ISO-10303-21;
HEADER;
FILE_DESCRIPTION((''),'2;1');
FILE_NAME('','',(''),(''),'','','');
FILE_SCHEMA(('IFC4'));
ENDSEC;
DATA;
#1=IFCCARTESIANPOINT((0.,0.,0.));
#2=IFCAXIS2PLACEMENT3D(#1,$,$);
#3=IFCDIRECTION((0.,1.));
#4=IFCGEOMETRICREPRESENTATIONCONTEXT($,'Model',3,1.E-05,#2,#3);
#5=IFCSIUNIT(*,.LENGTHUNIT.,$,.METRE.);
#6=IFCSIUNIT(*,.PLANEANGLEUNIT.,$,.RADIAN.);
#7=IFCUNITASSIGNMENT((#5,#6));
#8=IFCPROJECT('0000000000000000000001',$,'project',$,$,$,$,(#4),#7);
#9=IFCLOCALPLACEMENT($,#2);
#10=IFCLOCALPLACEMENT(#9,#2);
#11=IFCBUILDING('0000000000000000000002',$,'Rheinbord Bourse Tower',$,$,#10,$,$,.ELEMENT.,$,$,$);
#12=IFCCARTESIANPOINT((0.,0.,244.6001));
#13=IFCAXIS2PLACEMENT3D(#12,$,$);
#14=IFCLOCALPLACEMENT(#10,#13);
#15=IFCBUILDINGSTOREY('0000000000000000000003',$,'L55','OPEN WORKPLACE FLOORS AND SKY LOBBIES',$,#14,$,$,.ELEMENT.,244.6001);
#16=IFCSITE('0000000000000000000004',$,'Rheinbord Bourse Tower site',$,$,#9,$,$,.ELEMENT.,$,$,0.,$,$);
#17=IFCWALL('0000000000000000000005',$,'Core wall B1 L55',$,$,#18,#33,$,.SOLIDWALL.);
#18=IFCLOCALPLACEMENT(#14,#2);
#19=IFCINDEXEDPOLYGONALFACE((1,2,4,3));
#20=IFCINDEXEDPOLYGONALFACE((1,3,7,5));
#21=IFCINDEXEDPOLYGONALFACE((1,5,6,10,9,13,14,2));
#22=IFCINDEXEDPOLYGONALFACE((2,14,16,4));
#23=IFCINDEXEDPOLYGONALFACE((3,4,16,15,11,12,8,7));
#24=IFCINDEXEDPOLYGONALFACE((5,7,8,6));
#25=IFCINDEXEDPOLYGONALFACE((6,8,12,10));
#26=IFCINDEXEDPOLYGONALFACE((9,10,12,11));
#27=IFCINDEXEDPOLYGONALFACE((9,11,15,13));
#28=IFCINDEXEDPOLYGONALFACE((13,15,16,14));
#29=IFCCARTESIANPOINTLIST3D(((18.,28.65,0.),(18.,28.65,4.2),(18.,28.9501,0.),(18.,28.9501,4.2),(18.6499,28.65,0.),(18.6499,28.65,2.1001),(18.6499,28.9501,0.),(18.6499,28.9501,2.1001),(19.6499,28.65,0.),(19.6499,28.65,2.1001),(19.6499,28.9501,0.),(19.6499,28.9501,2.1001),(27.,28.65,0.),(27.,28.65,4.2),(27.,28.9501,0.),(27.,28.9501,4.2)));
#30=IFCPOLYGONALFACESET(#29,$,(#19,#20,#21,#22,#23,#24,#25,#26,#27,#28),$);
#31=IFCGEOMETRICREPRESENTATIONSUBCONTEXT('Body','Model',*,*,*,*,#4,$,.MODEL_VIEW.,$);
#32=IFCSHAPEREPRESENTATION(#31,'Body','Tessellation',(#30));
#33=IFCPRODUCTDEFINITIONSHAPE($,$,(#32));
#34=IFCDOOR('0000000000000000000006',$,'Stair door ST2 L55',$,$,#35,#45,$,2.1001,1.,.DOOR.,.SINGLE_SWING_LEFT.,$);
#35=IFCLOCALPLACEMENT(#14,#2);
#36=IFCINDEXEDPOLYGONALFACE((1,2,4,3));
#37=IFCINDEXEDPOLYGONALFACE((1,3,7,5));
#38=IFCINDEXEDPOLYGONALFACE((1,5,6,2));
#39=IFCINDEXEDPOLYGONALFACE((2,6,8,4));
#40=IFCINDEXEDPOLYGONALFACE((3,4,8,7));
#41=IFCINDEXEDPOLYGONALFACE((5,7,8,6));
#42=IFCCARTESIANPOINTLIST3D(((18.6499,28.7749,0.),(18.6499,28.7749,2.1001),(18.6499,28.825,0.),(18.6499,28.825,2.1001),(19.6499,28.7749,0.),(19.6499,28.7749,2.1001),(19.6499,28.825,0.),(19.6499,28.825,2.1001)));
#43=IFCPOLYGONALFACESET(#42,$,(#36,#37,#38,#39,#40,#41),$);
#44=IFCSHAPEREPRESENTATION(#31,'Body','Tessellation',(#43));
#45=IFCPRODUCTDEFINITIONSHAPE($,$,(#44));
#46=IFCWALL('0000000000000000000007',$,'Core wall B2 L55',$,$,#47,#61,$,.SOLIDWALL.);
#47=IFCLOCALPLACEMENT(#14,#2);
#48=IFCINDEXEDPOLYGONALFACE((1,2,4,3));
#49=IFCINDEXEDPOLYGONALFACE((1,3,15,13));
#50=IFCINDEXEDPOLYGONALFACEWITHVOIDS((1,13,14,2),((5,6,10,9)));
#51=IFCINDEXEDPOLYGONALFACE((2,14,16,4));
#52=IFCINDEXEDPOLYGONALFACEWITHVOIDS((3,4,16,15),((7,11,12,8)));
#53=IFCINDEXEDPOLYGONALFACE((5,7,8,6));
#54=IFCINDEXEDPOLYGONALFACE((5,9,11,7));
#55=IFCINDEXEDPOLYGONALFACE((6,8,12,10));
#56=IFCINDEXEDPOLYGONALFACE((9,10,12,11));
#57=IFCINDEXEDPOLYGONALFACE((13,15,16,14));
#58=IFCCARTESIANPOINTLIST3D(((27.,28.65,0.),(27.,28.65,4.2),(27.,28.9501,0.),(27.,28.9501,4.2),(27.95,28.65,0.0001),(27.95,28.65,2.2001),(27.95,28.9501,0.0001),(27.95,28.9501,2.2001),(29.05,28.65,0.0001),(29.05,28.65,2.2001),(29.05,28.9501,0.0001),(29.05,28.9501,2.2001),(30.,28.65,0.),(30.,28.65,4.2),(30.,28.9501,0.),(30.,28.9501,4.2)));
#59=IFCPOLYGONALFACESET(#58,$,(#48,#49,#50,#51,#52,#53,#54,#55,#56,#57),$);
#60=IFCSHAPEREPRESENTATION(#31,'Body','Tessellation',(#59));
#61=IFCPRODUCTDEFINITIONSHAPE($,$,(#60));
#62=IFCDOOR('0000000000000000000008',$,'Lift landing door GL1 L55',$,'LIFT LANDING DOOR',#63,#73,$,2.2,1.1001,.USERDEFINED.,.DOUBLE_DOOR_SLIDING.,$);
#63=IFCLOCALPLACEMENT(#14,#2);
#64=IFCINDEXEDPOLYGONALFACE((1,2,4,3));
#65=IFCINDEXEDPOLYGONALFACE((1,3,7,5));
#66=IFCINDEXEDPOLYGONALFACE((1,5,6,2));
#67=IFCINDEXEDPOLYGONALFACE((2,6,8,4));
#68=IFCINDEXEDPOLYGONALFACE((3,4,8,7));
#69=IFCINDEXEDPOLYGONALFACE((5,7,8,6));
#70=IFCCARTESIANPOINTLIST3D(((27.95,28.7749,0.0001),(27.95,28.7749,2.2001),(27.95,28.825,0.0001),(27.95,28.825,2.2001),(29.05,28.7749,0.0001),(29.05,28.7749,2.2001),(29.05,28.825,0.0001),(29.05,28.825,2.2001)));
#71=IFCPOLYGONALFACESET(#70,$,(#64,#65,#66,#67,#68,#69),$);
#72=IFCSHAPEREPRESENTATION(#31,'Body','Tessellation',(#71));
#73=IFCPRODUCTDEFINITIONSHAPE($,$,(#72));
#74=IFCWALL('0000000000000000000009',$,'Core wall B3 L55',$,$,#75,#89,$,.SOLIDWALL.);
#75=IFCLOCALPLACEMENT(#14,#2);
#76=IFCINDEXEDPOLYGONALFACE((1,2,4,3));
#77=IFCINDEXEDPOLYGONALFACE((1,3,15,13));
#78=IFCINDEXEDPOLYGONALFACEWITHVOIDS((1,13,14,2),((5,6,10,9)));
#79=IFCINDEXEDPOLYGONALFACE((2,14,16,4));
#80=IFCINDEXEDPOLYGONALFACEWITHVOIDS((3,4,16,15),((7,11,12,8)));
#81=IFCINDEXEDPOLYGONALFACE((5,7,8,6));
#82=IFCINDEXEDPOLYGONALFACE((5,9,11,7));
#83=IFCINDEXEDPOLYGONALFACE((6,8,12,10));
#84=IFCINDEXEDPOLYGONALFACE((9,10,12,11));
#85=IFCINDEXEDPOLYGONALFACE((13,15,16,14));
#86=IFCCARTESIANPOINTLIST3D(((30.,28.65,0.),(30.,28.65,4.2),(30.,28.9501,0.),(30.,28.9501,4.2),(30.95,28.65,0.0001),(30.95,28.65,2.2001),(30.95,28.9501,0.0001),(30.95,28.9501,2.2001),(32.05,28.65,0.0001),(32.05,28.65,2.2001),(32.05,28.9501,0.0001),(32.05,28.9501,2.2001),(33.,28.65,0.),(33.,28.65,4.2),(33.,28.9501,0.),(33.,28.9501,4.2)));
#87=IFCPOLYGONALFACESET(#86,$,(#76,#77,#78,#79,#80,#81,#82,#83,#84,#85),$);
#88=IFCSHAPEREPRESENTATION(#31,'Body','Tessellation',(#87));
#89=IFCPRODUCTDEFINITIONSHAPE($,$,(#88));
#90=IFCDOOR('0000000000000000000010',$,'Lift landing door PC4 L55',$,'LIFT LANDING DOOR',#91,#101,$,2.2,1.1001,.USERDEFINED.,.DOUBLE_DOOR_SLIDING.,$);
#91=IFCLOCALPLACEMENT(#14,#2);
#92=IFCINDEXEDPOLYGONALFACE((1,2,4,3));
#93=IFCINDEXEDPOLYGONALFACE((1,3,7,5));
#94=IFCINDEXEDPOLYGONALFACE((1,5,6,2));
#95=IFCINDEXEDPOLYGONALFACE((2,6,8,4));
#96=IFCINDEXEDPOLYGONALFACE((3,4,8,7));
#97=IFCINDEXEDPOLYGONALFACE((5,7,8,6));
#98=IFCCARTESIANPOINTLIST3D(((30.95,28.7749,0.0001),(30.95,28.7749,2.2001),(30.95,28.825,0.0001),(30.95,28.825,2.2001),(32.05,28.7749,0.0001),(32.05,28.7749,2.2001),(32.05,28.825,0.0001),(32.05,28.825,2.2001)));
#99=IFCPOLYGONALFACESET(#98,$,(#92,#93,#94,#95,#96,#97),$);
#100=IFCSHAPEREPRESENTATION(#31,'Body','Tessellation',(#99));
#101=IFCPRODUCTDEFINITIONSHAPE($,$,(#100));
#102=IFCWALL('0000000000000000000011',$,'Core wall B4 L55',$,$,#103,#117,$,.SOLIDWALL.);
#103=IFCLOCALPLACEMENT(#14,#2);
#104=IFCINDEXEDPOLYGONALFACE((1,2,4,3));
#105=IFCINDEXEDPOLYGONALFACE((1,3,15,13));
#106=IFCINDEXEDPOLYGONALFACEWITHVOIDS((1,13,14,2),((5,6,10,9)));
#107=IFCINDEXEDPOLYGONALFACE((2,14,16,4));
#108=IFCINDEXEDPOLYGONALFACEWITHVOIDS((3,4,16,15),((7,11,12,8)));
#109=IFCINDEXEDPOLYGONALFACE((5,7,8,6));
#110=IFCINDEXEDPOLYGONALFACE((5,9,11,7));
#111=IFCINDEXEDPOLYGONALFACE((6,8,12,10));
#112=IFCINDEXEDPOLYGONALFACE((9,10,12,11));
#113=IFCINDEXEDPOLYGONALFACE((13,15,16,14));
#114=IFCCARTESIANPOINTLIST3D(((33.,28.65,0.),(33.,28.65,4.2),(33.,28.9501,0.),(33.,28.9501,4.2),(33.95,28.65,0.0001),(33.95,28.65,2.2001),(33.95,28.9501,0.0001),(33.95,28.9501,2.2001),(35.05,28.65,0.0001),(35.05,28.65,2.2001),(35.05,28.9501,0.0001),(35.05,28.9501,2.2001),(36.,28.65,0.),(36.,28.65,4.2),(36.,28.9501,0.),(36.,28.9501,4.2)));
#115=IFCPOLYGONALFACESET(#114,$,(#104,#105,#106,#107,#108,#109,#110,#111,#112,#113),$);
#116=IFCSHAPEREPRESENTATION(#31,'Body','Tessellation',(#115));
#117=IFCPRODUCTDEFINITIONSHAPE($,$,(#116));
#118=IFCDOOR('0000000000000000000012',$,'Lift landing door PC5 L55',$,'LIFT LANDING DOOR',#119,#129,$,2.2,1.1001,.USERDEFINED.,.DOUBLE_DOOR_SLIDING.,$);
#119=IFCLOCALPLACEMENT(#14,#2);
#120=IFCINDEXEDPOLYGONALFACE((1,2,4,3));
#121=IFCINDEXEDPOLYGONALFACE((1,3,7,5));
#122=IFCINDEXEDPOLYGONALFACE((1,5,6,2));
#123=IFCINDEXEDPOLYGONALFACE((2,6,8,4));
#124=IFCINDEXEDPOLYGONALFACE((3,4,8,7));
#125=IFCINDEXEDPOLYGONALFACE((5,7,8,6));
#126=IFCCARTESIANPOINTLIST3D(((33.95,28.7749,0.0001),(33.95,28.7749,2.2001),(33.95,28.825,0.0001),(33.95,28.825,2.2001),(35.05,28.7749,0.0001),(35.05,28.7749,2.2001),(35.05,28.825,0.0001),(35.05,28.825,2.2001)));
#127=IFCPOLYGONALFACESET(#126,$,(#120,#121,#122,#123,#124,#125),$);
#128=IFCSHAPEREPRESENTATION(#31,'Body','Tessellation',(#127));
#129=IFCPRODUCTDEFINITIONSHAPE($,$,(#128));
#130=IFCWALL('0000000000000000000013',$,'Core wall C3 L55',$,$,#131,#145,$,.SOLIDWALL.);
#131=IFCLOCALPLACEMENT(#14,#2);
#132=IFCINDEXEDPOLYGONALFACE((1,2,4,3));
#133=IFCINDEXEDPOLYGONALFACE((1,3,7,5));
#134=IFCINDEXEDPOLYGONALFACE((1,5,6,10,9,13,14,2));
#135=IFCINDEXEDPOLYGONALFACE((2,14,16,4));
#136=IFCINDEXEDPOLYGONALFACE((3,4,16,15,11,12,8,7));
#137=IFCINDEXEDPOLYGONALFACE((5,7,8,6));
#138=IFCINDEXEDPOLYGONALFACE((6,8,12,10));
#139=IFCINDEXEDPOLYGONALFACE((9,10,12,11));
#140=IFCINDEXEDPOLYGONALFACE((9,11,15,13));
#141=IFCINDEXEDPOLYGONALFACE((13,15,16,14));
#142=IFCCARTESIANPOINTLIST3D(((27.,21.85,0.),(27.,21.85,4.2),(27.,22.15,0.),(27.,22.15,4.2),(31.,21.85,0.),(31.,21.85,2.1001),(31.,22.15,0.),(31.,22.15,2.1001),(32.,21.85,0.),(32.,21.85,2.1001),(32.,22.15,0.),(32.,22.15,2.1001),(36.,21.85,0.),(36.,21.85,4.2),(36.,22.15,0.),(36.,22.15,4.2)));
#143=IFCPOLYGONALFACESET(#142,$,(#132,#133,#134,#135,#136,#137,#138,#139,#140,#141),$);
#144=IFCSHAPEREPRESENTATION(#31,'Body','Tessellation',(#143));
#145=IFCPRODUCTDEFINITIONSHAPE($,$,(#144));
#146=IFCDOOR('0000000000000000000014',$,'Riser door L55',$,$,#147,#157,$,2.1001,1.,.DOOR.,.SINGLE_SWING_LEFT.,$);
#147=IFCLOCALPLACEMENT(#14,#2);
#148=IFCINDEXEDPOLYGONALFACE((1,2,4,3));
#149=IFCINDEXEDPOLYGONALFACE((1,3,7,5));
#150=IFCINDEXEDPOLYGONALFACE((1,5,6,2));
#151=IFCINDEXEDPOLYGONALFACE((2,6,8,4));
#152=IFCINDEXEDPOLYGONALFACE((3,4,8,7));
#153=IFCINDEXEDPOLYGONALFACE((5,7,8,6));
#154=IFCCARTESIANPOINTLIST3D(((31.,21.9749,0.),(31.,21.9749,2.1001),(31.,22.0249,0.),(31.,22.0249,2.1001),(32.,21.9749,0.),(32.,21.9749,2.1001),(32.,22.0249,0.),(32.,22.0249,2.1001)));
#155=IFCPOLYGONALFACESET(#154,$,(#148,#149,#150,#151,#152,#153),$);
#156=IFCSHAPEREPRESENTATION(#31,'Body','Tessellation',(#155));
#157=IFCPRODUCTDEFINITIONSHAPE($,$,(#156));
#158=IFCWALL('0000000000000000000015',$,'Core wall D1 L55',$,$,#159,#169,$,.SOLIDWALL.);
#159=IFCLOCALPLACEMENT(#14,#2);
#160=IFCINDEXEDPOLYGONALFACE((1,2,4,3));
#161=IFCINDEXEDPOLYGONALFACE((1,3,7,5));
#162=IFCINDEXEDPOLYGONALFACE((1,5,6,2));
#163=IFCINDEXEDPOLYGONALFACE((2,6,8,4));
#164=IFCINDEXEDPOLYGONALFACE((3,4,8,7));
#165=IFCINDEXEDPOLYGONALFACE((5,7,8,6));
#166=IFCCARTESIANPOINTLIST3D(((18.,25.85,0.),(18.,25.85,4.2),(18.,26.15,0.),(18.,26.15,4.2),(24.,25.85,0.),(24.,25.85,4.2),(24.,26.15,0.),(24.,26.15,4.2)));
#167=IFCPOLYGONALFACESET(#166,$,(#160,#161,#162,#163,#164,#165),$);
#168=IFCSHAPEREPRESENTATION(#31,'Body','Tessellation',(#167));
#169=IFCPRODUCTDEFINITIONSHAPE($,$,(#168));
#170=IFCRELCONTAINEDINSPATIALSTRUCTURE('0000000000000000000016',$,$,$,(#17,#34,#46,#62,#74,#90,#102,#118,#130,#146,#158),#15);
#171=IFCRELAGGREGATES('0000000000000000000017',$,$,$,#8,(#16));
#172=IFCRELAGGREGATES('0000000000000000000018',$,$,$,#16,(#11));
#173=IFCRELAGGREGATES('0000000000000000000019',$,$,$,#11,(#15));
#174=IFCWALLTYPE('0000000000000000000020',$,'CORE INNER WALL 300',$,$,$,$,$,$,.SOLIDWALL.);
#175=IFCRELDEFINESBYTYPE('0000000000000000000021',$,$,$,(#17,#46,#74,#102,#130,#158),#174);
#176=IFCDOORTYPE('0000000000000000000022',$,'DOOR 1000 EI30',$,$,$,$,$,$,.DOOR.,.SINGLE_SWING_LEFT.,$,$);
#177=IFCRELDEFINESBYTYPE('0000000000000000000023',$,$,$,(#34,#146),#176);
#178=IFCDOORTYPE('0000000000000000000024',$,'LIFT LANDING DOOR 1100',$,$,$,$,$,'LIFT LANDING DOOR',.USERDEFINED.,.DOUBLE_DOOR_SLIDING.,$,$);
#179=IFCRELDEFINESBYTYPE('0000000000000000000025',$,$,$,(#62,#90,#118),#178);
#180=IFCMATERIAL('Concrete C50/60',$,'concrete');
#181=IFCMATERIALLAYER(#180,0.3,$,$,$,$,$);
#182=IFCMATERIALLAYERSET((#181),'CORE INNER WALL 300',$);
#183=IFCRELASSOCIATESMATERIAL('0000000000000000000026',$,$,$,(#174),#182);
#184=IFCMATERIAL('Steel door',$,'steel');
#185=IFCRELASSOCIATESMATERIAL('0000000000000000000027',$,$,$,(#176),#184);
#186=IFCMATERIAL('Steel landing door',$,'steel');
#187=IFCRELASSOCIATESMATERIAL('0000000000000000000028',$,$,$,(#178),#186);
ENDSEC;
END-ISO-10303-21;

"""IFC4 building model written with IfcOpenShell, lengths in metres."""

from ifc_helpers import new_model, si_unit, direction, frame, frame_2d, origin, place, context, subcontext, project, spatial, rectangle, extrude, material, layer, layer_set, type_object, element, fill, save


model = new_model("IFC4")

# Units and contexts
model_context = context("Model", 3, precision=1e-05, world=origin(), true_north=direction((0.0, 1.0)))
body_context = subcontext(model_context, "Body", "Model", "MODEL_VIEW")
ifc_project = project(units=[si_unit("LENGTHUNIT", "METRE"), si_unit("PLANEANGLEUNIT", "RADIAN")], contexts=[model_context])

# Site, building, storey
site_placement = place(None, origin())
site = spatial("IfcSite", under=ifc_project, at=site_placement, Name="Rheinbord Bourse Tower site", CompositionType="ELEMENT", RefElevation=0.0)
building_placement = place(site_placement, origin())
building = spatial("IfcBuilding", under=site, at=building_placement, Name="Rheinbord Bourse Tower", CompositionType="ELEMENT")
storey_placement = place(building_placement, frame((0.0, 0.0, 244.6001)))
storey = spatial("IfcBuildingStorey", under=building, at=storey_placement, Name="L55", Description="OPEN WORKPLACE FLOORS AND SKY LOBBIES", CompositionType="ELEMENT", Elevation=244.6001)

# Walls, openings, doors
ifc_material_1 = material(Name="Concrete C50/60", Category="concrete")
ifc_layer_1 = layer(ifc_material_1, 0.3)
ifc_layer_set_1 = layer_set([ifc_layer_1], Name="CORE INNER WALL 300")
wall_type_1 = type_object("IfcWallType", Name="CORE INNER WALL 300", PredefinedType="SOLIDWALL", material=ifc_layer_set_1)
wall_1_placement = place(storey_placement, frame((18.0, 28.8, 0.0), z_axis=(0.0, 0.0, 1.0), x_axis=(1.0, 0.0, 0.0)))
wall_1 = element("IfcWall", 1, at=wall_1_placement, inside=storey, type_object=wall_type_1, Name="Core wall B1 L55", PredefinedType="SOLIDWALL", context=body_context, shape_type="SweptSolid", body=[
    extrude(rectangle(XDim=9.0, YDim=0.3, at=frame_2d((4.5, 0.0))), origin(), (0.0, 0.0, 1.0), 4.2),
])
opening_1_placement = place(wall_1_placement, frame((0.6499, 0.0, 0.0)))
opening_1 = element("IfcOpeningElement", 2, at=opening_1_placement, cuts=wall_1, PredefinedType="OPENING", context=body_context, shape_type="SweptSolid", body=[
    extrude(rectangle(XDim=1.0, YDim=2.1001, at=frame_2d((0.5, 1.05))), frame((0.0, 0.1599, 0.0), z_axis=(0.0, -1.0, 0.0), x_axis=(1.0, 0.0, 0.0)), (0.0, 0.0, 1.0), 0.3201),
])
ifc_material_2 = material(Name="Steel door", Category="steel")
door_type_1 = type_object("IfcDoorType", Name="DOOR 1000 EI30", OperationType="SINGLE_SWING_LEFT", PredefinedType="DOOR", material=ifc_material_2)
door_1_placement = place(opening_1_placement, origin())
door_1 = element("IfcDoor", 3, at=door_1_placement, inside=storey, type_object=door_type_1, Name="Stair door ST2 L55", OperationType="SINGLE_SWING_LEFT", OverallHeight=2.1001, OverallWidth=1.0, PredefinedType="DOOR", context=body_context, shape_type="SweptSolid", body=[
    extrude(rectangle(XDim=1.0, YDim=2.1001, at=frame_2d((0.5, 1.05))), frame((0.0, 0.0249, 0.0), z_axis=(0.0, -1.0, 0.0), x_axis=(1.0, 0.0, 0.0)), (0.0, 0.0, 1.0), 0.05),
])
fill(opening_1, door_1)
wall_2_placement = place(storey_placement, frame((27.0, 28.8, 0.0), z_axis=(0.0, 0.0, 1.0), x_axis=(1.0, 0.0, 0.0)))
wall_2 = element("IfcWall", 4, at=wall_2_placement, inside=storey, type_object=wall_type_1, Name="Core wall B2 L55", PredefinedType="SOLIDWALL", context=body_context, shape_type="SweptSolid", body=[
    extrude(rectangle(XDim=3.0, YDim=0.3, at=frame_2d((1.5, 0.0))), origin(), (0.0, 0.0, 1.0), 4.2),
])
opening_2_placement = place(wall_2_placement, frame((0.95, 0.0, 0.0)))
opening_2 = element("IfcOpeningElement", 5, at=opening_2_placement, cuts=wall_2, PredefinedType="OPENING", context=body_context, shape_type="SweptSolid", body=[
    extrude(rectangle(XDim=1.1001, YDim=2.2, at=frame_2d((0.55, 1.1001))), frame((0.0, 0.1599, 0.0), z_axis=(0.0, -1.0, 0.0), x_axis=(1.0, 0.0, 0.0)), (0.0, 0.0, 1.0), 0.3201),
])
ifc_material_3 = material(Name="Steel landing door", Category="steel")
door_type_2 = type_object("IfcDoorType", Name="LIFT LANDING DOOR 1100", ElementType="LIFT LANDING DOOR", OperationType="DOUBLE_DOOR_SLIDING", PredefinedType="USERDEFINED", material=ifc_material_3)
door_2_placement = place(opening_2_placement, origin())
door_2 = element("IfcDoor", 6, at=door_2_placement, inside=storey, type_object=door_type_2, Name="Lift landing door GL1 L55", ObjectType="LIFT LANDING DOOR", OperationType="DOUBLE_DOOR_SLIDING", OverallHeight=2.2, OverallWidth=1.1001, PredefinedType="USERDEFINED", context=body_context, shape_type="SweptSolid", body=[
    extrude(rectangle(XDim=1.1001, YDim=2.2, at=frame_2d((0.55, 1.1001))), frame((0.0, 0.0249, 0.0), z_axis=(0.0, -1.0, 0.0), x_axis=(1.0, 0.0, 0.0)), (0.0, 0.0, 1.0), 0.05),
])
fill(opening_2, door_2)
wall_3_placement = place(storey_placement, frame((30.0, 28.8, 0.0), z_axis=(0.0, 0.0, 1.0), x_axis=(1.0, 0.0, 0.0)))
wall_3 = element("IfcWall", 7, at=wall_3_placement, inside=storey, type_object=wall_type_1, Name="Core wall B3 L55", PredefinedType="SOLIDWALL", context=body_context, shape_type="SweptSolid", body=[
    extrude(rectangle(XDim=3.0, YDim=0.3, at=frame_2d((1.5, 0.0))), origin(), (0.0, 0.0, 1.0), 4.2),
])
opening_3_placement = place(wall_3_placement, frame((0.95, 0.0, 0.0)))
opening_3 = element("IfcOpeningElement", 8, at=opening_3_placement, cuts=wall_3, PredefinedType="OPENING", context=body_context, shape_type="SweptSolid", body=[
    extrude(rectangle(XDim=1.1001, YDim=2.2, at=frame_2d((0.55, 1.1001))), frame((0.0, 0.1599, 0.0), z_axis=(0.0, -1.0, 0.0), x_axis=(1.0, 0.0, 0.0)), (0.0, 0.0, 1.0), 0.3201),
])
door_3_placement = place(opening_3_placement, origin())
door_3 = element("IfcDoor", 9, at=door_3_placement, inside=storey, type_object=door_type_2, Name="Lift landing door PC4 L55", ObjectType="LIFT LANDING DOOR", OperationType="DOUBLE_DOOR_SLIDING", OverallHeight=2.2, OverallWidth=1.1001, PredefinedType="USERDEFINED", context=body_context, shape_type="SweptSolid", body=[
    extrude(rectangle(XDim=1.1001, YDim=2.2, at=frame_2d((0.55, 1.1001))), frame((0.0, 0.0249, 0.0), z_axis=(0.0, -1.0, 0.0), x_axis=(1.0, 0.0, 0.0)), (0.0, 0.0, 1.0), 0.05),
])
fill(opening_3, door_3)
wall_4_placement = place(storey_placement, frame((33.0, 28.8, 0.0), z_axis=(0.0, 0.0, 1.0), x_axis=(1.0, 0.0, 0.0)))
wall_4 = element("IfcWall", 10, at=wall_4_placement, inside=storey, type_object=wall_type_1, Name="Core wall B4 L55", PredefinedType="SOLIDWALL", context=body_context, shape_type="SweptSolid", body=[
    extrude(rectangle(XDim=3.0, YDim=0.3, at=frame_2d((1.5, 0.0))), origin(), (0.0, 0.0, 1.0), 4.2),
])
opening_4_placement = place(wall_4_placement, frame((0.95, 0.0, 0.0)))
opening_4 = element("IfcOpeningElement", 11, at=opening_4_placement, cuts=wall_4, PredefinedType="OPENING", context=body_context, shape_type="SweptSolid", body=[
    extrude(rectangle(XDim=1.1001, YDim=2.2, at=frame_2d((0.55, 1.1001))), frame((0.0, 0.1599, 0.0), z_axis=(0.0, -1.0, 0.0), x_axis=(1.0, 0.0, 0.0)), (0.0, 0.0, 1.0), 0.3201),
])
door_4_placement = place(opening_4_placement, origin())
door_4 = element("IfcDoor", 12, at=door_4_placement, inside=storey, type_object=door_type_2, Name="Lift landing door PC5 L55", ObjectType="LIFT LANDING DOOR", OperationType="DOUBLE_DOOR_SLIDING", OverallHeight=2.2, OverallWidth=1.1001, PredefinedType="USERDEFINED", context=body_context, shape_type="SweptSolid", body=[
    extrude(rectangle(XDim=1.1001, YDim=2.2, at=frame_2d((0.55, 1.1001))), frame((0.0, 0.0249, 0.0), z_axis=(0.0, -1.0, 0.0), x_axis=(1.0, 0.0, 0.0)), (0.0, 0.0, 1.0), 0.05),
])
fill(opening_4, door_4)
wall_5_placement = place(storey_placement, frame((27.0, 22.0, 0.0), z_axis=(0.0, 0.0, 1.0), x_axis=(1.0, 0.0, 0.0)))
wall_5 = element("IfcWall", 13, at=wall_5_placement, inside=storey, type_object=wall_type_1, Name="Core wall C3 L55", PredefinedType="SOLIDWALL", context=body_context, shape_type="SweptSolid", body=[
    extrude(rectangle(XDim=9.0, YDim=0.3, at=frame_2d((4.5, 0.0))), origin(), (0.0, 0.0, 1.0), 4.2),
])
opening_5_placement = place(wall_5_placement, frame((4.0, 0.0, 0.0)))
opening_5 = element("IfcOpeningElement", 14, at=opening_5_placement, cuts=wall_5, PredefinedType="OPENING", context=body_context, shape_type="SweptSolid", body=[
    extrude(rectangle(XDim=1.0, YDim=2.1001, at=frame_2d((0.5, 1.05))), frame((0.0, 0.1599, 0.0), z_axis=(0.0, -1.0, 0.0), x_axis=(1.0, 0.0, 0.0)), (0.0, 0.0, 1.0), 0.3201),
])
door_5_placement = place(opening_5_placement, origin())
door_5 = element("IfcDoor", 15, at=door_5_placement, inside=storey, type_object=door_type_1, Name="Riser door L55", OperationType="SINGLE_SWING_LEFT", OverallHeight=2.1001, OverallWidth=1.0, PredefinedType="DOOR", context=body_context, shape_type="SweptSolid", body=[
    extrude(rectangle(XDim=1.0, YDim=2.1001, at=frame_2d((0.5, 1.05))), frame((0.0, 0.0249, 0.0), z_axis=(0.0, -1.0, 0.0), x_axis=(1.0, 0.0, 0.0)), (0.0, 0.0, 1.0), 0.05),
])
fill(opening_5, door_5)

# Wall
wall_6_placement = place(storey_placement, frame((18.0, 26.0, 0.0), z_axis=(0.0, 0.0, 1.0), x_axis=(1.0, 0.0, 0.0)))
element("IfcWall", 16, at=wall_6_placement, inside=storey, type_object=wall_type_1, Name="Core wall D1 L55", PredefinedType="SOLIDWALL", context=body_context, shape_type="SweptSolid", body=[
    extrude(rectangle(XDim=6.0, YDim=0.3, at=frame_2d((3.0, 0.0))), origin(), (0.0, 0.0, 1.0), 4.2),
])

save(model, "model.ifc")
